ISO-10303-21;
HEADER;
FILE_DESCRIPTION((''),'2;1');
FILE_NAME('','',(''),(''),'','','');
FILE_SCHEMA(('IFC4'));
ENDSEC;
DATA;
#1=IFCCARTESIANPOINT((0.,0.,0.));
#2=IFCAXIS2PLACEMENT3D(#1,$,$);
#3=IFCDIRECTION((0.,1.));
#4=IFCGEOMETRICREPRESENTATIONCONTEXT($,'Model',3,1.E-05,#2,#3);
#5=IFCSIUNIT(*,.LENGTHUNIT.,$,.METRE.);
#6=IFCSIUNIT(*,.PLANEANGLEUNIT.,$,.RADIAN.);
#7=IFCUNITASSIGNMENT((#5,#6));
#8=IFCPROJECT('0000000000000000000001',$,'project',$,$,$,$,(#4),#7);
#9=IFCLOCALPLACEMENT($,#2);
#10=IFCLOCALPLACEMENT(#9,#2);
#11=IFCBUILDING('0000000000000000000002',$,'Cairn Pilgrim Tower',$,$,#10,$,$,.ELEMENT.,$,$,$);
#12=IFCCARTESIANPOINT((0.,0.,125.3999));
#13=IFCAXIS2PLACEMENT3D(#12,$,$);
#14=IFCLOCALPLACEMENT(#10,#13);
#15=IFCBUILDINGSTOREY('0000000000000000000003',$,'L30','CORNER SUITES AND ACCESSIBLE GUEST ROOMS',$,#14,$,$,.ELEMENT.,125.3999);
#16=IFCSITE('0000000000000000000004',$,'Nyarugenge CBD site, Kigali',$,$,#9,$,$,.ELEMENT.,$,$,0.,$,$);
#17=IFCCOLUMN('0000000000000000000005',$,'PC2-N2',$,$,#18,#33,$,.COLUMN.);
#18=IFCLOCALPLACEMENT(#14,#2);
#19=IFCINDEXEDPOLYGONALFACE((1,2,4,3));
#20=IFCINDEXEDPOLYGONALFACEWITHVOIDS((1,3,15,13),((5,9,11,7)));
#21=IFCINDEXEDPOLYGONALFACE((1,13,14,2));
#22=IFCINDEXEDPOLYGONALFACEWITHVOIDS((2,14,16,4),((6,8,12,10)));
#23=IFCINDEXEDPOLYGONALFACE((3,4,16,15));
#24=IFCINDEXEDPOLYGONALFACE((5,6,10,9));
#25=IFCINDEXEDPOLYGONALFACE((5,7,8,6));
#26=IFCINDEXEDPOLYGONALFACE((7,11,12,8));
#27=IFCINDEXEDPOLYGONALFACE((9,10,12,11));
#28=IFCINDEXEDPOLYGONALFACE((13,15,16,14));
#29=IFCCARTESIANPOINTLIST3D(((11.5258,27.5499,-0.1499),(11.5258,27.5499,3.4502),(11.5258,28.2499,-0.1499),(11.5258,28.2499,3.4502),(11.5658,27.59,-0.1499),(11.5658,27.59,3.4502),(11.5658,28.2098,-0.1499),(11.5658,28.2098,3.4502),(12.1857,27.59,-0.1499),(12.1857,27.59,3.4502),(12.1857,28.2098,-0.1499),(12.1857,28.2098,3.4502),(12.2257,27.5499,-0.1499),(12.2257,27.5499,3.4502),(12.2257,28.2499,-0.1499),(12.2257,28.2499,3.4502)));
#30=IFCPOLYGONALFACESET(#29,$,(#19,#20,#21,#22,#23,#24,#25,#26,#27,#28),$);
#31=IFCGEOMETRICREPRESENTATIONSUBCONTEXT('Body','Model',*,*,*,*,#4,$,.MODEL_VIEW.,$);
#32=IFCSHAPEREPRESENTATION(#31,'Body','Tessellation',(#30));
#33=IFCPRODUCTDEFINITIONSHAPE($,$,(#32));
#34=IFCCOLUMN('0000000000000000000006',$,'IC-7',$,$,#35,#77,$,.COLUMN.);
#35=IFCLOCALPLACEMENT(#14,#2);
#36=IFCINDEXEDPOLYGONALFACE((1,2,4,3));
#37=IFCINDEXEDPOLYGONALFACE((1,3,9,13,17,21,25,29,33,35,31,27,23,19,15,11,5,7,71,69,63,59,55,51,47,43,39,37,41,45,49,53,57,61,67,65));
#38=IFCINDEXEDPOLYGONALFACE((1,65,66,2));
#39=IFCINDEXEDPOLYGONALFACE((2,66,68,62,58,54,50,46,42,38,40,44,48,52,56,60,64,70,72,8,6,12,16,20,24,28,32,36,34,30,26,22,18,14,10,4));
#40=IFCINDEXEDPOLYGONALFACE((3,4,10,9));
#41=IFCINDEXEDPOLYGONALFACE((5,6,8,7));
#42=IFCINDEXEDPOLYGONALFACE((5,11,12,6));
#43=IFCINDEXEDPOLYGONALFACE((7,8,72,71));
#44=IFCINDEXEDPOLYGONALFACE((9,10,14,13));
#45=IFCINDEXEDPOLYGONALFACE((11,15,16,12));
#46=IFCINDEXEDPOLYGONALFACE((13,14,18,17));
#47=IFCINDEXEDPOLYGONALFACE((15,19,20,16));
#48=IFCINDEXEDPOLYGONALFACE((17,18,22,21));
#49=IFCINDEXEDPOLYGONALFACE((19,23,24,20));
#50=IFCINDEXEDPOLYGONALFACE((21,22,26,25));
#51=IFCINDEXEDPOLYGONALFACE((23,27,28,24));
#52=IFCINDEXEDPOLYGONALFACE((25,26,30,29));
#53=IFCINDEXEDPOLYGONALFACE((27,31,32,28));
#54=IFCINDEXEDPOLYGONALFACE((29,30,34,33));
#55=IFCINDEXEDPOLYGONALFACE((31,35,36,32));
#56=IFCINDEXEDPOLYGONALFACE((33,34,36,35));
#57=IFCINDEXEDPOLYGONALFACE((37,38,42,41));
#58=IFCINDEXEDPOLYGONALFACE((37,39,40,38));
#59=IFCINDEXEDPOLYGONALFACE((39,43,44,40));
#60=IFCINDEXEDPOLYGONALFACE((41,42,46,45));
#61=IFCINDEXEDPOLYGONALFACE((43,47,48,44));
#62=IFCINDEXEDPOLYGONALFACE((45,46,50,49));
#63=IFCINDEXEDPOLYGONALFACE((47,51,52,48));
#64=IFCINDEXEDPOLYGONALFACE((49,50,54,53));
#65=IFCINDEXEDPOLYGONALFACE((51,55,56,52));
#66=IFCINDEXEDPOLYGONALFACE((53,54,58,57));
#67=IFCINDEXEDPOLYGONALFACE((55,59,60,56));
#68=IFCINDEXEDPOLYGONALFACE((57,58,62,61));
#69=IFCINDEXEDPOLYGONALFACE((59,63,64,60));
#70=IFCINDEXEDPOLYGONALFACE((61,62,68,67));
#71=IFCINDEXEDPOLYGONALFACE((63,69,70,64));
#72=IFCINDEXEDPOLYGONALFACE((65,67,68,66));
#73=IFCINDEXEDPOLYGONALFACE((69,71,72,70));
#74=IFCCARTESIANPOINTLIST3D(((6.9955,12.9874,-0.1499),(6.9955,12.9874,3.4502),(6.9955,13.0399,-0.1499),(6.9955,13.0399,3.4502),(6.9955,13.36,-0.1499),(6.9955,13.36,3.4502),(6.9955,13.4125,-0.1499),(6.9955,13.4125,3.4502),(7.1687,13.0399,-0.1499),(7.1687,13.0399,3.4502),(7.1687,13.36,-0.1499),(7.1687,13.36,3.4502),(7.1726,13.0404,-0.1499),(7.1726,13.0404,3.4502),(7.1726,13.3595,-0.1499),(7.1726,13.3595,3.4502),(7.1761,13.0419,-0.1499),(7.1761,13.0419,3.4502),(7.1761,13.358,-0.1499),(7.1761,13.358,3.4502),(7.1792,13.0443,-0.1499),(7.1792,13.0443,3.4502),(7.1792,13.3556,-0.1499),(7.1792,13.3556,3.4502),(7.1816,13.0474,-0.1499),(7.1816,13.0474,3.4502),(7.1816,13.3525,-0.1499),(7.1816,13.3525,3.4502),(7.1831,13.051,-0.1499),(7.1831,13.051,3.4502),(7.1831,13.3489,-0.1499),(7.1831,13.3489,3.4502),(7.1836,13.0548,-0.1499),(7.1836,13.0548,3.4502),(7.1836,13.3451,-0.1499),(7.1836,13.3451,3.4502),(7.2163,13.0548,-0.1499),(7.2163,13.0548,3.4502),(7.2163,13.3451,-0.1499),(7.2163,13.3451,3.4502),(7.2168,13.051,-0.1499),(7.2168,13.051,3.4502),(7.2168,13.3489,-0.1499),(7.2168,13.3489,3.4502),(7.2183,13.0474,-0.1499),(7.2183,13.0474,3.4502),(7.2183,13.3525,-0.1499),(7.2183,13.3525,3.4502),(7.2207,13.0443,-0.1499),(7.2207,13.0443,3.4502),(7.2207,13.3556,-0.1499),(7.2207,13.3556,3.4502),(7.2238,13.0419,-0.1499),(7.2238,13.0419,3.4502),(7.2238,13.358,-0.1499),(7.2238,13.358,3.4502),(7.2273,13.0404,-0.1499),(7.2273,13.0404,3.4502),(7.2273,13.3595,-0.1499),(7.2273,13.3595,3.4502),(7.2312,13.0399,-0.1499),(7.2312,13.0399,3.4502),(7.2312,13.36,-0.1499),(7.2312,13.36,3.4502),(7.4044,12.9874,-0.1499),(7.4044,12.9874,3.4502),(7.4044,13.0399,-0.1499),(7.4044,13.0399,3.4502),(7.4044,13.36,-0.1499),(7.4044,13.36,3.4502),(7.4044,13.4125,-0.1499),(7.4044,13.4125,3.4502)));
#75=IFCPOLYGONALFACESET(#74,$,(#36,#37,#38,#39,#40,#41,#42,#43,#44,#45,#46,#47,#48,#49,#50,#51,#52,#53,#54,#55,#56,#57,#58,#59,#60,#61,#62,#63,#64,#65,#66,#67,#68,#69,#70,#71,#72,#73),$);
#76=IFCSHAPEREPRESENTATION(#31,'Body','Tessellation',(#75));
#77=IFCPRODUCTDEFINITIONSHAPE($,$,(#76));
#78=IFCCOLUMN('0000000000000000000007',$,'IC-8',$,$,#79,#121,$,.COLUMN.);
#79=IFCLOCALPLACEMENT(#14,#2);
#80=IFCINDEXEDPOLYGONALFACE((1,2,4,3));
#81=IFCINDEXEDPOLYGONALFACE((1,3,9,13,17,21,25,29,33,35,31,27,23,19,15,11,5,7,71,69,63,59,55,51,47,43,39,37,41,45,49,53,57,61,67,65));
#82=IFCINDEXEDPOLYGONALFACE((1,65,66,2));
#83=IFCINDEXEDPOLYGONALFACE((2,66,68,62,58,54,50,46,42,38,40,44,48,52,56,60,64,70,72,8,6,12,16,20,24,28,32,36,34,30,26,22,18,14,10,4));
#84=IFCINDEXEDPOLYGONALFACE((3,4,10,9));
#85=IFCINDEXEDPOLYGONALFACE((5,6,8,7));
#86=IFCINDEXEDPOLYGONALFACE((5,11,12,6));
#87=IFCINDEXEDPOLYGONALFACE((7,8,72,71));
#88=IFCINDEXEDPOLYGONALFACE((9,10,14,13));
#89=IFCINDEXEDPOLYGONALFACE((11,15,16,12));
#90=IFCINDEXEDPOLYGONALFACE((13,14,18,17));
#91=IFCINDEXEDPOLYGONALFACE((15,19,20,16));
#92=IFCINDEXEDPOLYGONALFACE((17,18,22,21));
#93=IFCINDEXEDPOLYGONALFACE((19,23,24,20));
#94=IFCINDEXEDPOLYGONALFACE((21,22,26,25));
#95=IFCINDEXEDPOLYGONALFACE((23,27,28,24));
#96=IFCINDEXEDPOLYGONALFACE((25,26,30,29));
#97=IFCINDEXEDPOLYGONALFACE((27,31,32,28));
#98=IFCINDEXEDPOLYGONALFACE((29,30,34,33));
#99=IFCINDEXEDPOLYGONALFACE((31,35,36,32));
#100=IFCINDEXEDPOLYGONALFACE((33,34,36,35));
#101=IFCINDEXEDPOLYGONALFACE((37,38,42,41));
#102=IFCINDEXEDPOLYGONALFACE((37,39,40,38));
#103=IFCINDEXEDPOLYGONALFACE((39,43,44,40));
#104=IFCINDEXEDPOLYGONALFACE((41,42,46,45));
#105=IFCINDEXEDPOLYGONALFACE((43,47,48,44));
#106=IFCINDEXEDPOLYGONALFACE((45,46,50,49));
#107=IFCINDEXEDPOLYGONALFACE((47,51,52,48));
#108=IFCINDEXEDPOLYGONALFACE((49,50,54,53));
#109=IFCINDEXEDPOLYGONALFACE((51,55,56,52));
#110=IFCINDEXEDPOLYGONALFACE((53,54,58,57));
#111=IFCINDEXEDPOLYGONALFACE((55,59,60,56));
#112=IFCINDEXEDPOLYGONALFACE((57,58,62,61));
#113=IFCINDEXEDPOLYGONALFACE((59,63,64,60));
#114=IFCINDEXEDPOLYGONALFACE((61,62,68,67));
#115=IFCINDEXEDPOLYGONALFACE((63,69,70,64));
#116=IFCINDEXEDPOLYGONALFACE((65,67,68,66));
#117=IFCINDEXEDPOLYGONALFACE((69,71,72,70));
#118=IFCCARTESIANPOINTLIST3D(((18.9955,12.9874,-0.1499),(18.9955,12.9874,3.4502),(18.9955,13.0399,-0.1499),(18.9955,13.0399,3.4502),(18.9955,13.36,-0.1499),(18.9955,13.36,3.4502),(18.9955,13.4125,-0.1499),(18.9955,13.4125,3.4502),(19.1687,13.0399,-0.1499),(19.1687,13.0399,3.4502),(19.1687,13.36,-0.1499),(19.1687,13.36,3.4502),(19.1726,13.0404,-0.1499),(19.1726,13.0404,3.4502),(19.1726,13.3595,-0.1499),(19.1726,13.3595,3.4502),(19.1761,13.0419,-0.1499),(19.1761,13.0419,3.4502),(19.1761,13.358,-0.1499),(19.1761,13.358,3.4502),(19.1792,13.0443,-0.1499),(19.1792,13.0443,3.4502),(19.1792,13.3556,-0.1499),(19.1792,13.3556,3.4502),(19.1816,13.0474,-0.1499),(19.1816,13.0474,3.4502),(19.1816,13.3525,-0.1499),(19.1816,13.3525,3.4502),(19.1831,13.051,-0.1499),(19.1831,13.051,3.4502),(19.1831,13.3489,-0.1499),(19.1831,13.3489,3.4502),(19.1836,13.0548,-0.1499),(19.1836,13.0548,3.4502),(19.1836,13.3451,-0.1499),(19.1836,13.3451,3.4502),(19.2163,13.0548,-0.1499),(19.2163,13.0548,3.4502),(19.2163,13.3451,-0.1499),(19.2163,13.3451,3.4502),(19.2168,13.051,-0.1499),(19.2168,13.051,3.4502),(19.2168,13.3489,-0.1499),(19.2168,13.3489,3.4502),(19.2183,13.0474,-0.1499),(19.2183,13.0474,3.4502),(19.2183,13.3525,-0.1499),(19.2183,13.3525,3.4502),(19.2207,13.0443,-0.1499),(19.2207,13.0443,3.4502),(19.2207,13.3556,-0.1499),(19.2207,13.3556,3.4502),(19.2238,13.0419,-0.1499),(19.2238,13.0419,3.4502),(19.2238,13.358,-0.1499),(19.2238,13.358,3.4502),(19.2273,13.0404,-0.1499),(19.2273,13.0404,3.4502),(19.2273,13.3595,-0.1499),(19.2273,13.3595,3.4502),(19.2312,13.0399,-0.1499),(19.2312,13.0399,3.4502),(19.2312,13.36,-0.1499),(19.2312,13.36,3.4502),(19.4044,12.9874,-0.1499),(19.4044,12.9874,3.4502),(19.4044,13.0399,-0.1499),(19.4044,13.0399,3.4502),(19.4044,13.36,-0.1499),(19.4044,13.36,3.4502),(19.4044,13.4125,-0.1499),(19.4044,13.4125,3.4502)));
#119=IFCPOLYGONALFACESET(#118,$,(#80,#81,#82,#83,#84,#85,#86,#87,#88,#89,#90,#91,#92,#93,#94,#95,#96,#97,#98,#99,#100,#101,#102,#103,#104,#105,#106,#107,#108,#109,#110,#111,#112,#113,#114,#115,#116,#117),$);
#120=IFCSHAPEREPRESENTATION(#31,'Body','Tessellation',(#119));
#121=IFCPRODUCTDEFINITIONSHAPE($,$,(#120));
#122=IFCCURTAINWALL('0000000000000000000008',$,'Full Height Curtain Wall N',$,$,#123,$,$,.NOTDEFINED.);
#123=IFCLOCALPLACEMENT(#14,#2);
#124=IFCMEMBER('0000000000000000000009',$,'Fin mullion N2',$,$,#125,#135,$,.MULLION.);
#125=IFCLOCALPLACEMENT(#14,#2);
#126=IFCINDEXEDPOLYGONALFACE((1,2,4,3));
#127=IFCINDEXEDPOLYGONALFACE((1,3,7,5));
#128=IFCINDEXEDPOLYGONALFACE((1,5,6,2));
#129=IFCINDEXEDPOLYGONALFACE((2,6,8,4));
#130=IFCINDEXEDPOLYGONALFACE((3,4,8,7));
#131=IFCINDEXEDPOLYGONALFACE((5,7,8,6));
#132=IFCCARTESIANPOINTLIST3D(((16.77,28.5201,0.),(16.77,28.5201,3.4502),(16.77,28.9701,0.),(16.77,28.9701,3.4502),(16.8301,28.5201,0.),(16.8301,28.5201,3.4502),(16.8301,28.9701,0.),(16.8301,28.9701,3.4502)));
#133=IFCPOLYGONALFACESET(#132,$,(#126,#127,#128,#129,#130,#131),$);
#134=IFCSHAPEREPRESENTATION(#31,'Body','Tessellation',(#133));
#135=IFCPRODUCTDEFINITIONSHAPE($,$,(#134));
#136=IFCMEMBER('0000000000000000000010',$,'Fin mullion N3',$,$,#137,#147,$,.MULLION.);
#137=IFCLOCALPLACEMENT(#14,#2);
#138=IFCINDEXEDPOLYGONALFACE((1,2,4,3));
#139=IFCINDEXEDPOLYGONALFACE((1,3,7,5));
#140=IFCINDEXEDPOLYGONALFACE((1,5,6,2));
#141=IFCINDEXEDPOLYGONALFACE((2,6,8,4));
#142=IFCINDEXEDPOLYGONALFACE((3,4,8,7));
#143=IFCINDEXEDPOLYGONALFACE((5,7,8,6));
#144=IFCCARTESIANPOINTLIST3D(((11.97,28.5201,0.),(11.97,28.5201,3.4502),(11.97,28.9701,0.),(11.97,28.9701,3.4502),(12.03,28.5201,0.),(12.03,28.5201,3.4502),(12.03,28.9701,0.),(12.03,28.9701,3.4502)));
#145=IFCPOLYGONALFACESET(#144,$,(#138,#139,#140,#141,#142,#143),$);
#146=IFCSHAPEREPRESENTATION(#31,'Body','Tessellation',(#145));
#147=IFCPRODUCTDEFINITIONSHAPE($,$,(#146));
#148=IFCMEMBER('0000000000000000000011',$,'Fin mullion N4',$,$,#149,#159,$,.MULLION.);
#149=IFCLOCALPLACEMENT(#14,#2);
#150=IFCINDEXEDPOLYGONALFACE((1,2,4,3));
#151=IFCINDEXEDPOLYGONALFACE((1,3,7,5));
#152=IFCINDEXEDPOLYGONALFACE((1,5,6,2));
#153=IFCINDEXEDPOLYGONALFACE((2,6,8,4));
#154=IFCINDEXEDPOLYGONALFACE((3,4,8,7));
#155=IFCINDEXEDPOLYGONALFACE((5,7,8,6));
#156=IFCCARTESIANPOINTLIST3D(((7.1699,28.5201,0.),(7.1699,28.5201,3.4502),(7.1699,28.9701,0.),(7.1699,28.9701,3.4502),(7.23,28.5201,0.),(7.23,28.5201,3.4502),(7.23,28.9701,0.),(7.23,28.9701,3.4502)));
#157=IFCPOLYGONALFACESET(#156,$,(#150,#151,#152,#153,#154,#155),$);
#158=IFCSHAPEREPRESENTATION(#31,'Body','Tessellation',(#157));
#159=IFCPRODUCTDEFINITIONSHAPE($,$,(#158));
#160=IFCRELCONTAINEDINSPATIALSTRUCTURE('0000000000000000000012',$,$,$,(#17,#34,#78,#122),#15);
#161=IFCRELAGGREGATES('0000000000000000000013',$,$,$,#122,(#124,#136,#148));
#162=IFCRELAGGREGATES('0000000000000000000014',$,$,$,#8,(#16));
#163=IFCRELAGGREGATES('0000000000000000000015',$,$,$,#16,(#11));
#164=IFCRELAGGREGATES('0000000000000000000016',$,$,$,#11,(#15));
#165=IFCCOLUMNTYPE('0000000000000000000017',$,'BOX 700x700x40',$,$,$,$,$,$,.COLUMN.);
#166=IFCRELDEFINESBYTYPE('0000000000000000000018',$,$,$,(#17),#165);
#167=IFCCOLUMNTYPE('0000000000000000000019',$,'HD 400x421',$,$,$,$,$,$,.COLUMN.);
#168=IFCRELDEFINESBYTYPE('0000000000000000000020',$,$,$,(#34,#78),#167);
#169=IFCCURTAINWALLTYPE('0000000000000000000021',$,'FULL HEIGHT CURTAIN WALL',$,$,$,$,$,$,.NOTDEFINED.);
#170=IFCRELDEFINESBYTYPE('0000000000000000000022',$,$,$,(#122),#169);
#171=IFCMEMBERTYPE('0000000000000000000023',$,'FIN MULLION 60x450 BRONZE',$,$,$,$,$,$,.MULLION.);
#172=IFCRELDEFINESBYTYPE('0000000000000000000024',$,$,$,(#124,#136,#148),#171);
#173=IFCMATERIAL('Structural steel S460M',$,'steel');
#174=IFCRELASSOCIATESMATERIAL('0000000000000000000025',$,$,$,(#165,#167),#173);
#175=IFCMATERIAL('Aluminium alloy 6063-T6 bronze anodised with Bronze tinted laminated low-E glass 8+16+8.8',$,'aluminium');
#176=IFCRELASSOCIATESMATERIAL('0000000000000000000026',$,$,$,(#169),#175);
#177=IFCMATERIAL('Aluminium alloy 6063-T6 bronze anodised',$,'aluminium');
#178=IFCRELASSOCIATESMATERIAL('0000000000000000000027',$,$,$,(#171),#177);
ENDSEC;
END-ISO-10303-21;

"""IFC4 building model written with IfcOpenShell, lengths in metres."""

from ifc_helpers import new_model, si_unit, direction, frame, origin, origin_2d, place, context, subcontext, project, spatial, rectangle, hollow_rectangle, i_section, extrude, material, material_profile, profile_set, type_object, element, aggregate, save


model = new_model("IFC4")

# Units and contexts
model_context = context("Model", 3, precision=1e-05, world=origin(), true_north=direction((0.0, 1.0)))
body_context = subcontext(model_context, "Body", "Model", "MODEL_VIEW")
ifc_project = project(units=[si_unit("LENGTHUNIT", "METRE"), si_unit("PLANEANGLEUNIT", "RADIAN")], contexts=[model_context])

# Site, building, storey
site_placement = place(None, origin())
site = spatial("IfcSite", under=ifc_project, at=site_placement, Name="Nyarugenge CBD site, Kigali", CompositionType="ELEMENT", RefElevation=0.0)
building_placement = place(site_placement, origin())
building = spatial("IfcBuilding", under=site, at=building_placement, Name="Cairn Pilgrim Tower", CompositionType="ELEMENT")
storey_placement = place(building_placement, frame((0.0, 0.0, 125.3999)))
storey = spatial("IfcBuildingStorey", under=building, at=storey_placement, Name="L30", Description="CORNER SUITES AND ACCESSIBLE GUEST ROOMS", CompositionType="ELEMENT", Elevation=125.3999)

# Columns
ifc_material_1 = material(Name="Structural steel S460M", Category="steel")
ifc_material_profile_1 = material_profile(ifc_material_1, hollow_rectangle(XDim=0.7, YDim=0.7, WallThickness=0.04, at=origin_2d()), Name="BOX 700x700x40")
ifc_profile_set_1 = profile_set([ifc_material_profile_1], Name="Structural steel S460M")
column_type_1 = type_object("IfcColumnType", Name="BOX 700x700x40", PredefinedType="COLUMN", material=ifc_profile_set_1)
column_placement = place(storey_placement, frame((11.8757, 27.8999, -0.1499), z_axis=(0.0, 0.0, 1.0), x_axis=(1.0, 0.0, 0.0)))
element("IfcColumn", 1, at=column_placement, inside=storey, type_object=column_type_1, Name="PC2-N2", PredefinedType="COLUMN", context=body_context, shape_type="SweptSolid", body=[
    extrude(hollow_rectangle(XDim=0.7, YDim=0.7, WallThickness=0.04, at=origin_2d()), origin(), (0.0, 0.0, 1.0), 3.6001),
])
ifc_material_profile_2 = material_profile(ifc_material_1, i_section(OverallWidth=0.4089, OverallDepth=0.425, WebThickness=0.0327, FlangeThickness=0.0525, FilletRadius=0.0149, at=origin_2d()), Name="HD 400x421")
ifc_profile_set_2 = profile_set([ifc_material_profile_2], Name="Structural steel S460M")
column_type_2 = type_object("IfcColumnType", Name="HD 400x421", PredefinedType="COLUMN", material=ifc_profile_set_2)
for number, where, z_axis, x_axis, name in (
    (2, (7.2, 13.2, -0.1499), (0.0, 0.0, 1.0), (1.0, 0.0, 0.0), "IC-7"),
    (3, (19.2, 13.2, -0.1499), (0.0, 0.0, 1.0), (1.0, 0.0, 0.0), "IC-8"),
):
    element("IfcColumn", number, at=place(storey_placement, frame(where, z_axis=z_axis, x_axis=x_axis)), inside=storey, type_object=column_type_2, Name=name, PredefinedType="COLUMN", context=body_context, shape_type="SweptSolid", body=[
        extrude(i_section(OverallWidth=0.4089, OverallDepth=0.425, WebThickness=0.0327, FlangeThickness=0.0525, FilletRadius=0.0149, at=origin_2d()), origin(), (0.0, 0.0, 1.0), 3.6001),
    ])

# Curtain wall, members
ifc_material_2 = material(Name="Aluminium alloy 6063-T6 bronze anodised with Bronze tinted laminated low-E glass 8+16+8.8", Category="aluminium")
curtain_wall_type = type_object("IfcCurtainWallType", Name="FULL HEIGHT CURTAIN WALL", PredefinedType="NOTDEFINED", material=ifc_material_2)
curtain_wall_placement = place(storey_placement, origin())
curtain_wall = element("IfcCurtainWall", 4, at=curtain_wall_placement, inside=storey, type_object=curtain_wall_type, Name="Full Height Curtain Wall N", PredefinedType="NOTDEFINED")
ifc_material_3 = material(Name="Aluminium alloy 6063-T6 bronze anodised", Category="aluminium")
ifc_material_profile_3 = material_profile(ifc_material_3, rectangle(XDim=0.45, YDim=0.0601, at=origin_2d()), Name="FIN MULLION 60x450 BRONZE")
ifc_profile_set_3 = profile_set([ifc_material_profile_3], Name="Aluminium alloy 6063-T6 bronze anodised")
member_type_1 = type_object("IfcMemberType", Name="FIN MULLION 60x450 BRONZE", PredefinedType="MULLION", material=ifc_profile_set_3)
member_1_placement = place(storey_placement, frame((16.8, 28.7451, 0.0), z_axis=(0.0, 0.0, 1.0), x_axis=(0.0, 1.0, 0.0)))
member_1 = element("IfcMember", 5, at=member_1_placement, type_object=member_type_1, Name="Fin mullion N2", PredefinedType="MULLION", context=body_context, shape_type="SweptSolid", body=[
    extrude(rectangle(XDim=0.45, YDim=0.0601, at=origin_2d()), origin(), (0.0, 0.0, 1.0), 3.4502),
])
member_2_placement = place(storey_placement, frame((12.0, 28.7451, 0.0), z_axis=(0.0, 0.0, 1.0), x_axis=(0.0, 1.0, 0.0)))
member_2 = element("IfcMember", 6, at=member_2_placement, type_object=member_type_1, Name="Fin mullion N3", PredefinedType="MULLION", context=body_context, shape_type="SweptSolid", body=[
    extrude(rectangle(XDim=0.45, YDim=0.0601, at=origin_2d()), origin(), (0.0, 0.0, 1.0), 3.4502),
])
member_3_placement = place(storey_placement, frame((7.2, 28.7451, 0.0), z_axis=(0.0, 0.0, 1.0), x_axis=(0.0, 1.0, 0.0)))
member_3 = element("IfcMember", 7, at=member_3_placement, type_object=member_type_1, Name="Fin mullion N4", PredefinedType="MULLION", context=body_context, shape_type="SweptSolid", body=[
    extrude(rectangle(XDim=0.45, YDim=0.0601, at=origin_2d()), origin(), (0.0, 0.0, 1.0), 3.4502),
])

aggregate(curtain_wall, [member_1, member_2, member_3])

save(model, "model.ifc")
